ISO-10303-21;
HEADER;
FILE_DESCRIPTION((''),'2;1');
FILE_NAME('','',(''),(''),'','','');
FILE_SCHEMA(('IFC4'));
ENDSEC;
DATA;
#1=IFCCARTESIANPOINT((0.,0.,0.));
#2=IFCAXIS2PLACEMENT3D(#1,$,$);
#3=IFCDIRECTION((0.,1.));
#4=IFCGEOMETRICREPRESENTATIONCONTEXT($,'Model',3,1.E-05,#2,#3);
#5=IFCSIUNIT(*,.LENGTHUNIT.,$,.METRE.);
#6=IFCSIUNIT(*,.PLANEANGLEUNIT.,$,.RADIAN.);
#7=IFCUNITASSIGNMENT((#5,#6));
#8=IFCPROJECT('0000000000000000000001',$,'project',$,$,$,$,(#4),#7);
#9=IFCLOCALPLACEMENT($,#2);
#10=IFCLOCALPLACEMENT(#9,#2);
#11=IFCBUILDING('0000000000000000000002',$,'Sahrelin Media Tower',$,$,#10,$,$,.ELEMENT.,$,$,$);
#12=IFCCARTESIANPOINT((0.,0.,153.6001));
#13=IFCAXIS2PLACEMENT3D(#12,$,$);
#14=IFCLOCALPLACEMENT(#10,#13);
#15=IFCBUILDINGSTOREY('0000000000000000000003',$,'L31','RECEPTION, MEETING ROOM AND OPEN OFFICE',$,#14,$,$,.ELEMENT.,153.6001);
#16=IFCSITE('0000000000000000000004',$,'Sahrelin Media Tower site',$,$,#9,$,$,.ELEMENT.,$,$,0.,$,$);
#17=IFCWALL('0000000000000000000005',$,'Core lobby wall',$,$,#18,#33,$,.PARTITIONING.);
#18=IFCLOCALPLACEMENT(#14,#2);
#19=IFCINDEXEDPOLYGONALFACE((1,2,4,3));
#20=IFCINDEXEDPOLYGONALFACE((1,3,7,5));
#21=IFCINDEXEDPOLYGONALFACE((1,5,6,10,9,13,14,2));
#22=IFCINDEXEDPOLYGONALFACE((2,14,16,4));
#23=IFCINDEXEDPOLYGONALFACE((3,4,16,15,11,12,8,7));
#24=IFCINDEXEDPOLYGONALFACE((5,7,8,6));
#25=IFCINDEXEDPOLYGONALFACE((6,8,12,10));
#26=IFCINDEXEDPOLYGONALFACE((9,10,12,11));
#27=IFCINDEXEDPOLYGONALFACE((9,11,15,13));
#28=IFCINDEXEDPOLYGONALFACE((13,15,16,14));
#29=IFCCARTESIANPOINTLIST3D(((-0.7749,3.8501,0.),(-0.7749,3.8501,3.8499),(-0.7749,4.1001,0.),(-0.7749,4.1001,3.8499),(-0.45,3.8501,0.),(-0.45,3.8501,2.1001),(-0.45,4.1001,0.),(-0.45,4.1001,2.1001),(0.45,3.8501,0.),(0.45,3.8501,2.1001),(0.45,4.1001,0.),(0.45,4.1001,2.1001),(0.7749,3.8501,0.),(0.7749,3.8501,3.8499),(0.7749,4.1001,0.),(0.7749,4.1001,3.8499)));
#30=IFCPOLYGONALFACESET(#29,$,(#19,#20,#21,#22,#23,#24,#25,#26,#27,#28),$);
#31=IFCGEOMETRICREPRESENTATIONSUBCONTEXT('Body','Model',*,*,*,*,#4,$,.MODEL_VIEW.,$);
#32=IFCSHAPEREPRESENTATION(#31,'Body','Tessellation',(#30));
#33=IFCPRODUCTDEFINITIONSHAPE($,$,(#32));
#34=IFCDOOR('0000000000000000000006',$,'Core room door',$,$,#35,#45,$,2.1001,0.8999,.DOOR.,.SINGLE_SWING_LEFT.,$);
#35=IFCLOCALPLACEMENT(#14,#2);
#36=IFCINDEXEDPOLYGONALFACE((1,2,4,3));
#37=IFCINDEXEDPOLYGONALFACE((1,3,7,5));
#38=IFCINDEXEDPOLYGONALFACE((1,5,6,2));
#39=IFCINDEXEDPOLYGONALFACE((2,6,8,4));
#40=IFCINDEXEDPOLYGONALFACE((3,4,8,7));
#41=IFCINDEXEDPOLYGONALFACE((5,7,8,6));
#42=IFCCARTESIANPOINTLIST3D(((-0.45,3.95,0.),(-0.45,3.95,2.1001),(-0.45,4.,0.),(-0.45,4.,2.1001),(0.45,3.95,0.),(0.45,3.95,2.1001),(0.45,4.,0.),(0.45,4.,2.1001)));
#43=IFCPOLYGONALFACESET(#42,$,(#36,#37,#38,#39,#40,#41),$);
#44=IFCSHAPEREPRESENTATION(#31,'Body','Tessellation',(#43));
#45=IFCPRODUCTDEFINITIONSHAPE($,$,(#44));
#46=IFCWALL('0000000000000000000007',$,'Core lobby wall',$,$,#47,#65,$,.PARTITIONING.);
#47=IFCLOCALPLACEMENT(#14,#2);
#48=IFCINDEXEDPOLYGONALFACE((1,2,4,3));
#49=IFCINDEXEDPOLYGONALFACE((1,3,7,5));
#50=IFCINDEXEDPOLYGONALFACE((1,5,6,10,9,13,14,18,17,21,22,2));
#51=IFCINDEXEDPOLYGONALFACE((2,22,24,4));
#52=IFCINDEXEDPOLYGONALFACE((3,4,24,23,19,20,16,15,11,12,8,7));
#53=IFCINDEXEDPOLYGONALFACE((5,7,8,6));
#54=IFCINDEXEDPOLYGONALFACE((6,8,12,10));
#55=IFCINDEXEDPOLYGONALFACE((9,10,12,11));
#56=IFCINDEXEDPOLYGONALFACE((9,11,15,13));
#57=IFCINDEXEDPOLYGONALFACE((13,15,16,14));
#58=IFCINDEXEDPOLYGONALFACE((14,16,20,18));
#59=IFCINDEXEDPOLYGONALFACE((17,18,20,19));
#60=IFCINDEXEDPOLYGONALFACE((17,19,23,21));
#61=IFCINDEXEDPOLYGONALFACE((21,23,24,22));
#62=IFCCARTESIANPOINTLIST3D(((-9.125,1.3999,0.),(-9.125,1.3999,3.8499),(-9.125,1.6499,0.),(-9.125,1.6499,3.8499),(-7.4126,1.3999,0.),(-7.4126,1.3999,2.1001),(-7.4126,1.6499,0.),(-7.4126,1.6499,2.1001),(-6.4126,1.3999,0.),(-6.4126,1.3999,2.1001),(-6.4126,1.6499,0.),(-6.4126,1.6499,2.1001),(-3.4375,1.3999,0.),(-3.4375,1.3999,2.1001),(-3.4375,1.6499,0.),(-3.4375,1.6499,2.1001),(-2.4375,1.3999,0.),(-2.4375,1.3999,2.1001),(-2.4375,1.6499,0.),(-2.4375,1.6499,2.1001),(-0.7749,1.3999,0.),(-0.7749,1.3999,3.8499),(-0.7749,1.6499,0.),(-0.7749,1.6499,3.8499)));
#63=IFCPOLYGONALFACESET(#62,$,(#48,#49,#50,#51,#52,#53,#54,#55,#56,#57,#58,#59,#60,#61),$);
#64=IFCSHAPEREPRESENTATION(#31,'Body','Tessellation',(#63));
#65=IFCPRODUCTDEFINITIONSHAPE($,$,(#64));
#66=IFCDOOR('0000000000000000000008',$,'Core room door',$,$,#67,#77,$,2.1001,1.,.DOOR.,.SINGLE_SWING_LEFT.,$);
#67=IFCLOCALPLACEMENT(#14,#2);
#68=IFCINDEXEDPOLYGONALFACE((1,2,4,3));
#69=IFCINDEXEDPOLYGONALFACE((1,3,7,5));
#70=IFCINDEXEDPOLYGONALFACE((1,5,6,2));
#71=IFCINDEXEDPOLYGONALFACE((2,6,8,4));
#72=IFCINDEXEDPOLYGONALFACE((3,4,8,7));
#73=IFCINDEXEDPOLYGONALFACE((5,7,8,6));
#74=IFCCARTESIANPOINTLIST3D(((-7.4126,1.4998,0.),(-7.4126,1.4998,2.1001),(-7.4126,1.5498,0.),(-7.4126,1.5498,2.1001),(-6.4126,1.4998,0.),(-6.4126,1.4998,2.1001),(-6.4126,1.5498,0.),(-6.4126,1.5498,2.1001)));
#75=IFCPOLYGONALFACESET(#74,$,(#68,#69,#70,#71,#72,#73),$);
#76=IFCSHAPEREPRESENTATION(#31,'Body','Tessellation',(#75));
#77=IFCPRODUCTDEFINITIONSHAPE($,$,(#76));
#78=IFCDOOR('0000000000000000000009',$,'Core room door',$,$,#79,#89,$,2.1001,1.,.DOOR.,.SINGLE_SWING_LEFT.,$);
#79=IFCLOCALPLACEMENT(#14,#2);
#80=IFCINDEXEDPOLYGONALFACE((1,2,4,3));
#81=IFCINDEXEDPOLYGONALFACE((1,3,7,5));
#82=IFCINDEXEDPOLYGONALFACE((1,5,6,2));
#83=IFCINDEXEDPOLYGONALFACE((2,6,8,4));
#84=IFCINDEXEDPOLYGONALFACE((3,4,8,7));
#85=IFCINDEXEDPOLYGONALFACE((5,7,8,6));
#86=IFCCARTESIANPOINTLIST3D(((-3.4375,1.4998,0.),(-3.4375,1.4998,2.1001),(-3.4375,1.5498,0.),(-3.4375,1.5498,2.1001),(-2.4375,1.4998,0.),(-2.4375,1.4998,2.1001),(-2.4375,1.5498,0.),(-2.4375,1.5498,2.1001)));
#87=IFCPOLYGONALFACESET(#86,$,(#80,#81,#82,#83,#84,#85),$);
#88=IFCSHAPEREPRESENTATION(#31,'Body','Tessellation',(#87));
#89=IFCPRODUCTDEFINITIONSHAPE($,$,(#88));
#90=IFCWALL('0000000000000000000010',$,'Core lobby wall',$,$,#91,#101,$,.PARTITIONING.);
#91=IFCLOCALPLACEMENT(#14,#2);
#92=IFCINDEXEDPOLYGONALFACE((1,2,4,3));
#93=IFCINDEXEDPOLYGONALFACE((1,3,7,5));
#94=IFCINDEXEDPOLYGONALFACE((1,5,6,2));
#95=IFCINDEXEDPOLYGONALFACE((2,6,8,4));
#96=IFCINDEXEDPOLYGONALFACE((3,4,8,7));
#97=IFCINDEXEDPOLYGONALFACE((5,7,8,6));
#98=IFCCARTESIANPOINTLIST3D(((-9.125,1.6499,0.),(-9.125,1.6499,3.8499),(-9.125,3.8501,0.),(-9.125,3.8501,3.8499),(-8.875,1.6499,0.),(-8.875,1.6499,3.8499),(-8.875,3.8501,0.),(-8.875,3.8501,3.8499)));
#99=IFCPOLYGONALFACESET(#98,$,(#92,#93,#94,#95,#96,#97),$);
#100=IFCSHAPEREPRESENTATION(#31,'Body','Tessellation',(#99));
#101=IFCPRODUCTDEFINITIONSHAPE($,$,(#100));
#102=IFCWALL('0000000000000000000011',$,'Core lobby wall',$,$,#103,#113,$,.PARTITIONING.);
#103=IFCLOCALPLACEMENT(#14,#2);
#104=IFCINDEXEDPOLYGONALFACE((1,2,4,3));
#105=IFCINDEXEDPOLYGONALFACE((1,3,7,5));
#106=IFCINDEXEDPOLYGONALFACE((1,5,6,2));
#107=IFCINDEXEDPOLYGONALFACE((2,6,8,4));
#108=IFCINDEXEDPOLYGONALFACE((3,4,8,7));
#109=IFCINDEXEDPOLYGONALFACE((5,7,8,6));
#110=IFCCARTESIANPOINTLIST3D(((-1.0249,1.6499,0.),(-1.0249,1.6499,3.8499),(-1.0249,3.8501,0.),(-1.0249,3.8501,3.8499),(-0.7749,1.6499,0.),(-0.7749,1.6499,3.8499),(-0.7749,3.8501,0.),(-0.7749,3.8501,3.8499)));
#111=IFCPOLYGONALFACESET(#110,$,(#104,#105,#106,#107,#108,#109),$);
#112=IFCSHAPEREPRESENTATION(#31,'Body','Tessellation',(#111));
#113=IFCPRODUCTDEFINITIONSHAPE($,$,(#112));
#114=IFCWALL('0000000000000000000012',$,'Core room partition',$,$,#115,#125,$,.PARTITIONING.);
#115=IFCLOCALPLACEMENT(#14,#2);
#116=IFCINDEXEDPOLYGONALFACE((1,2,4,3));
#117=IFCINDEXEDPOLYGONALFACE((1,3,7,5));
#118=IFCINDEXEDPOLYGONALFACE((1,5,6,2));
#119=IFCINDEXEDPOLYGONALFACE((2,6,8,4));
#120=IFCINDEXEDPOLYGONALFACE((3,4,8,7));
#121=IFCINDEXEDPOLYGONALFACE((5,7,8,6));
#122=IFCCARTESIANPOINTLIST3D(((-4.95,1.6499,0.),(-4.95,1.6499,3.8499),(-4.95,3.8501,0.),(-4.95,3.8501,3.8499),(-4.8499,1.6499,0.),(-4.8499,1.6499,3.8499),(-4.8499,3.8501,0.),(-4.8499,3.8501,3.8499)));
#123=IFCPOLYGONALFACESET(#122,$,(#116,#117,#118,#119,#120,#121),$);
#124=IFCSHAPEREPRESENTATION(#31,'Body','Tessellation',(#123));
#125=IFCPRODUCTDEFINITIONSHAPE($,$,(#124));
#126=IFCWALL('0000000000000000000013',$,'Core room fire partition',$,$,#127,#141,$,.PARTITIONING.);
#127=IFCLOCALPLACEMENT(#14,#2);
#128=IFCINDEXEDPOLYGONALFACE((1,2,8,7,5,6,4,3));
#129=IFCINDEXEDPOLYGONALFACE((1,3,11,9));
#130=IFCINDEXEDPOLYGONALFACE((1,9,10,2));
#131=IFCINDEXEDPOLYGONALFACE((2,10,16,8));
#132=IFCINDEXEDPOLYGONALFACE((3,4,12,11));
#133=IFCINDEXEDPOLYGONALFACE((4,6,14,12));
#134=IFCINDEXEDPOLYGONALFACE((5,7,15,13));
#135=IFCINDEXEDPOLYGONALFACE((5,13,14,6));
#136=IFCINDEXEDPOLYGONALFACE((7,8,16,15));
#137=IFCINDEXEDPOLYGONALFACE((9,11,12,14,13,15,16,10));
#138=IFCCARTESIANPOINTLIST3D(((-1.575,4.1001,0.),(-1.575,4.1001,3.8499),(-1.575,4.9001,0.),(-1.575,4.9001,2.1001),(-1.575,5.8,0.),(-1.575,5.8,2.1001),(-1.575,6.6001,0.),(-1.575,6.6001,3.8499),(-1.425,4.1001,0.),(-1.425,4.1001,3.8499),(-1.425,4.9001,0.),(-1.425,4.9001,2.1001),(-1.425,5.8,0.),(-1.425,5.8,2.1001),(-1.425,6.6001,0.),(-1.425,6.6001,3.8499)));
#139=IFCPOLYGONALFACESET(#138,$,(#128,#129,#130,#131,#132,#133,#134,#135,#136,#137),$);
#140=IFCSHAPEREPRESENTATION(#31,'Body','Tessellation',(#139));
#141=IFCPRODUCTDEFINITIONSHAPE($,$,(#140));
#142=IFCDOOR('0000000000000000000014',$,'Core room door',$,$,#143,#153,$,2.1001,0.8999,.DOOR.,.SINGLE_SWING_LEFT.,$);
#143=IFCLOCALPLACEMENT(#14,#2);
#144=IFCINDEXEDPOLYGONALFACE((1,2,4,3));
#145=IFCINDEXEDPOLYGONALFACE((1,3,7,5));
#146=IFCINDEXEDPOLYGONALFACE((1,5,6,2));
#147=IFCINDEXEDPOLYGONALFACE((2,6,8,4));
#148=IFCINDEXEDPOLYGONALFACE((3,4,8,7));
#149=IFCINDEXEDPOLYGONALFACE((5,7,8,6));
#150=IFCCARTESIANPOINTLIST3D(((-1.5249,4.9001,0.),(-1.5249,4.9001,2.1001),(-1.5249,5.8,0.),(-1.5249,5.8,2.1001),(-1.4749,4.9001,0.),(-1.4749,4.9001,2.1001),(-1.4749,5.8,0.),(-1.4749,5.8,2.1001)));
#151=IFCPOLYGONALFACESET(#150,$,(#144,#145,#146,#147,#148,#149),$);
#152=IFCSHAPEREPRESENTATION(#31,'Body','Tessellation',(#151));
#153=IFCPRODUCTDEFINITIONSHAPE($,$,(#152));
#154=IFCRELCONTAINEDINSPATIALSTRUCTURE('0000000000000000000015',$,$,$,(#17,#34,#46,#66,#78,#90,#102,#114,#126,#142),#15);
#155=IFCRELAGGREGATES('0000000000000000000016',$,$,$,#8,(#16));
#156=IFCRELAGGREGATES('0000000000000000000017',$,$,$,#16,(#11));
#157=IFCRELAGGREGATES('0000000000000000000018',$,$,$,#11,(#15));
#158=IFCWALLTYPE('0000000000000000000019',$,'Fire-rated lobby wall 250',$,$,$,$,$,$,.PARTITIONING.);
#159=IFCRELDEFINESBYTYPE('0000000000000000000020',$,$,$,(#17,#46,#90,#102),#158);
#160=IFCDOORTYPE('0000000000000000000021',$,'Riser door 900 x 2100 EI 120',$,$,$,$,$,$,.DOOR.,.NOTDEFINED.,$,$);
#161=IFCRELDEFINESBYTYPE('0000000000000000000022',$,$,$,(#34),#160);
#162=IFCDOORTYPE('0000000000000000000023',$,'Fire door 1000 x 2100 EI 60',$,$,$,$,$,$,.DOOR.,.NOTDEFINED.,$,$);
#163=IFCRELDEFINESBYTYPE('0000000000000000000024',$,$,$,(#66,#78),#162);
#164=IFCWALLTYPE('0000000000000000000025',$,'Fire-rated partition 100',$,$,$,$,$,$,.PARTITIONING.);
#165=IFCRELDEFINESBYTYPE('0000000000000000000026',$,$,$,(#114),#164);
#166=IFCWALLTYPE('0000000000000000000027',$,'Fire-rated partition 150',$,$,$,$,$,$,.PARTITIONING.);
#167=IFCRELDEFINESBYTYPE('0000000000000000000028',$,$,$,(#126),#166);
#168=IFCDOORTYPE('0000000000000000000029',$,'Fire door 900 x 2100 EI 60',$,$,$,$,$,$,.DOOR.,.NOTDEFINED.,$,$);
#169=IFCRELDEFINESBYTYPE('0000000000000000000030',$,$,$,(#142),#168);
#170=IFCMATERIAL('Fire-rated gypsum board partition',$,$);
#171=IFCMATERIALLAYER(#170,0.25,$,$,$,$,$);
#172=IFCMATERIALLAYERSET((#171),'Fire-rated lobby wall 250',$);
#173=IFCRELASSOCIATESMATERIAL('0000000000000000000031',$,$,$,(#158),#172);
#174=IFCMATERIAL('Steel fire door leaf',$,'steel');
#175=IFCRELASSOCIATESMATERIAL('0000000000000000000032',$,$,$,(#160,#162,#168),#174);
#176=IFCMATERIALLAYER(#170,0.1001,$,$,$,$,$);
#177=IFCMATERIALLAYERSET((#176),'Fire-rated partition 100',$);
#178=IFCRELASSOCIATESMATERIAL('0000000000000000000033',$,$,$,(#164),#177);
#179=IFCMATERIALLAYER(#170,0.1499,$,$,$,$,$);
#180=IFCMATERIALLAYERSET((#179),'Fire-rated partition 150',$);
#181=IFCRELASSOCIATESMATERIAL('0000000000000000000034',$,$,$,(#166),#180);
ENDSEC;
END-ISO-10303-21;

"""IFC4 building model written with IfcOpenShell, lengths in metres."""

from ifc_helpers import new_model, si_unit, direction, frame, frame_2d, origin, place, context, subcontext, project, spatial, rectangle, extrude, material, layer, layer_set, type_object, element, fill, save


model = new_model("IFC4")

# Units and contexts
model_context = context("Model", 3, precision=1e-05, world=origin(), true_north=direction((0.0, 1.0)))
body_context = subcontext(model_context, "Body", "Model", "MODEL_VIEW")
ifc_project = project(units=[si_unit("LENGTHUNIT", "METRE"), si_unit("PLANEANGLEUNIT", "RADIAN")], contexts=[model_context])

# Site, building, storey
site_placement = place(None, origin())
site = spatial("IfcSite", under=ifc_project, at=site_placement, Name="Sahrelin Media Tower site", CompositionType="ELEMENT", RefElevation=0.0)
building_placement = place(site_placement, origin())
building = spatial("IfcBuilding", under=site, at=building_placement, Name="Sahrelin Media Tower", CompositionType="ELEMENT")
storey_placement = place(building_placement, frame((0.0, 0.0, 153.6001)))
storey = spatial("IfcBuildingStorey", under=building, at=storey_placement, Name="L31", Description="RECEPTION, MEETING ROOM AND OPEN OFFICE", CompositionType="ELEMENT", Elevation=153.6001)

# Wall, opening, door
ifc_material_1 = material(Name="Fire-rated gypsum board partition")
ifc_layer_1 = layer(ifc_material_1, 0.25)
ifc_layer_set_1 = layer_set([ifc_layer_1], Name="Fire-rated lobby wall 250")
wall_type_1 = type_object("IfcWallType", Name="Fire-rated lobby wall 250", PredefinedType="PARTITIONING", material=ifc_layer_set_1)
wall_1_placement = place(storey_placement, frame((-0.7749, 3.9751, 0.0), z_axis=(0.0, 0.0, 1.0), x_axis=(1.0, 0.0, 0.0)))
wall_1 = element("IfcWall", 1, at=wall_1_placement, inside=storey, type_object=wall_type_1, Name="Core lobby wall", PredefinedType="PARTITIONING", context=body_context, shape_type="SweptSolid", body=[
    extrude(rectangle(XDim=1.5498, YDim=0.25, at=frame_2d((0.7749, 0.0))), origin(), (0.0, 0.0, 1.0), 3.8499),
])
opening_1_placement = place(wall_1_placement, frame((0.325, 0.0, 0.0)))
opening_1 = element("IfcOpeningElement", 2, at=opening_1_placement, cuts=wall_1, PredefinedType="OPENING", context=body_context, shape_type="SweptSolid", body=[
    extrude(rectangle(XDim=0.8999, YDim=2.1001, at=frame_2d((0.45, 1.05))), frame((0.0, 0.125, 0.0), z_axis=(0.0, -1.0, 0.0), x_axis=(1.0, 0.0, 0.0)), (0.0, 0.0, 1.0), 0.25),
])
ifc_material_2 = material(Name="Steel fire door leaf", Category="steel")
door_type_1 = type_object("IfcDoorType", Name="Riser door 900 x 2100 EI 120", OperationType="NOTDEFINED", PredefinedType="DOOR", material=ifc_material_2)
door_1_placement = place(opening_1_placement, origin())
door_1 = element("IfcDoor", 3, at=door_1_placement, inside=storey, type_object=door_type_1, Name="Core room door", OperationType="SINGLE_SWING_LEFT", OverallHeight=2.1001, OverallWidth=0.8999, PredefinedType="DOOR", context=body_context, shape_type="SweptSolid", body=[
    extrude(rectangle(XDim=0.8999, YDim=2.1001, at=frame_2d((0.45, 1.05))), frame((0.0, 0.0249, 0.0), z_axis=(0.0, -1.0, 0.0), x_axis=(1.0, 0.0, 0.0)), (0.0, 0.0, 1.0), 0.05),
])
fill(opening_1, door_1)

# Wall, openings, doors
wall_2_placement = place(storey_placement, frame((-9.125, 1.5249, 0.0), z_axis=(0.0, 0.0, 1.0), x_axis=(1.0, 0.0, 0.0)))
wall_2 = element("IfcWall", 4, at=wall_2_placement, inside=storey, type_object=wall_type_1, Name="Core lobby wall", PredefinedType="PARTITIONING", context=body_context, shape_type="SweptSolid", body=[
    extrude(rectangle(XDim=8.3501, YDim=0.25, at=frame_2d((4.175, 0.0))), origin(), (0.0, 0.0, 1.0), 3.8499),
])
opening_2_placement = place(wall_2_placement, frame((1.7124, 0.0, 0.0)))
opening_2 = element("IfcOpeningElement", 5, at=opening_2_placement, cuts=wall_2, PredefinedType="OPENING", context=body_context, shape_type="SweptSolid", body=[
    extrude(rectangle(XDim=1.0, YDim=2.1001, at=frame_2d((0.5, 1.05))), frame((0.0, 0.125, 0.0), z_axis=(0.0, -1.0, 0.0), x_axis=(1.0, 0.0, 0.0)), (0.0, 0.0, 1.0), 0.25),
])
opening_3_placement = place(wall_2_placement, frame((5.6875, 0.0, 0.0)))
opening_3 = element("IfcOpeningElement", 6, at=opening_3_placement, cuts=wall_2, PredefinedType="OPENING", context=body_context, shape_type="SweptSolid", body=[
    extrude(rectangle(XDim=1.0, YDim=2.1001, at=frame_2d((0.5, 1.05))), frame((0.0, 0.125, 0.0), z_axis=(0.0, -1.0, 0.0), x_axis=(1.0, 0.0, 0.0)), (0.0, 0.0, 1.0), 0.25),
])
door_type_2 = type_object("IfcDoorType", Name="Fire door 1000 x 2100 EI 60", OperationType="NOTDEFINED", PredefinedType="DOOR", material=ifc_material_2)
door_2_placement = place(opening_2_placement, origin())
door_2 = element("IfcDoor", 7, at=door_2_placement, inside=storey, type_object=door_type_2, Name="Core room door", OperationType="SINGLE_SWING_LEFT", OverallHeight=2.1001, OverallWidth=1.0, PredefinedType="DOOR", context=body_context, shape_type="SweptSolid", body=[
    extrude(rectangle(XDim=1.0, YDim=2.1001, at=frame_2d((0.5, 1.05))), frame((0.0, 0.0249, 0.0), z_axis=(0.0, -1.0, 0.0), x_axis=(1.0, 0.0, 0.0)), (0.0, 0.0, 1.0), 0.05),
])
fill(opening_2, door_2)
door_3_placement = place(opening_3_placement, origin())
door_3 = element("IfcDoor", 8, at=door_3_placement, inside=storey, type_object=door_type_2, Name="Core room door", OperationType="SINGLE_SWING_LEFT", OverallHeight=2.1001, OverallWidth=1.0, PredefinedType="DOOR", context=body_context, shape_type="SweptSolid", body=[
    extrude(rectangle(XDim=1.0, YDim=2.1001, at=frame_2d((0.5, 1.05))), frame((0.0, 0.0249, 0.0), z_axis=(0.0, -1.0, 0.0), x_axis=(1.0, 0.0, 0.0)), (0.0, 0.0, 1.0), 0.05),
])
fill(opening_3, door_3)

# Walls
for number, where, z_axis, x_axis, name in (
    (9, (-9.0, 1.6499, 0.0), (0.0, 0.0, 1.0), (0.0, 1.0, 0.0), "Core lobby wall"),
    (10, (-0.8999, 1.6499, 0.0), (0.0, 0.0, 1.0), (0.0, 1.0, 0.0), "Core lobby wall"),
):
    element("IfcWall", number, at=place(storey_placement, frame(where, z_axis=z_axis, x_axis=x_axis)), inside=storey, type_object=wall_type_1, Name=name, PredefinedType="PARTITIONING", context=body_context, shape_type="SweptSolid", body=[
        extrude(rectangle(XDim=2.2002, YDim=0.25, at=frame_2d((1.1001, 0.0))), origin(), (0.0, 0.0, 1.0), 3.8499),
    ])
ifc_layer_2 = layer(ifc_material_1, 0.1001)
ifc_layer_set_2 = layer_set([ifc_layer_2], Name="Fire-rated partition 100")
wall_type_2 = type_object("IfcWallType", Name="Fire-rated partition 100", PredefinedType="PARTITIONING", material=ifc_layer_set_2)
wall_3_placement = place(storey_placement, frame((-4.8999, 1.6499, 0.0), z_axis=(0.0, 0.0, 1.0), x_axis=(0.0, 1.0, 0.0)))
element("IfcWall", 11, at=wall_3_placement, inside=storey, type_object=wall_type_2, Name="Core room partition", PredefinedType="PARTITIONING", context=body_context, shape_type="SweptSolid", body=[
    extrude(rectangle(XDim=2.2002, YDim=0.1001, at=frame_2d((1.1001, 0.0))), origin(), (0.0, 0.0, 1.0), 3.8499),
])

# Wall, opening, door
ifc_layer_3 = layer(ifc_material_1, 0.1499)
ifc_layer_set_3 = layer_set([ifc_layer_3], Name="Fire-rated partition 150")
wall_type_3 = type_object("IfcWallType", Name="Fire-rated partition 150", PredefinedType="PARTITIONING", material=ifc_layer_set_3)
wall_4_placement = place(storey_placement, frame((-1.5, 4.1001, 0.0), z_axis=(0.0, 0.0, 1.0), x_axis=(0.0, 1.0, 0.0)))
wall_4 = element("IfcWall", 12, at=wall_4_placement, inside=storey, type_object=wall_type_3, Name="Core room fire partition", PredefinedType="PARTITIONING", context=body_context, shape_type="SweptSolid", body=[
    extrude(rectangle(XDim=2.5, YDim=0.1499, at=frame_2d((1.25, 0.0))), origin(), (0.0, 0.0, 1.0), 3.8499),
])
opening_4_placement = place(wall_4_placement, frame((0.8, 0.0, 0.0)))
opening_4 = element("IfcOpeningElement", 13, at=opening_4_placement, cuts=wall_4, PredefinedType="OPENING", context=body_context, shape_type="SweptSolid", body=[
    extrude(rectangle(XDim=0.8999, YDim=2.1001, at=frame_2d((0.45, 1.05))), frame((0.0, 0.075, 0.0), z_axis=(0.0, -1.0, 0.0), x_axis=(1.0, 0.0, 0.0)), (0.0, 0.0, 1.0), 0.1499),
])
door_type_3 = type_object("IfcDoorType", Name="Fire door 900 x 2100 EI 60", OperationType="NOTDEFINED", PredefinedType="DOOR", material=ifc_material_2)
door_4_placement = place(opening_4_placement, origin())
door_4 = element("IfcDoor", 14, at=door_4_placement, inside=storey, type_object=door_type_3, Name="Core room door", OperationType="SINGLE_SWING_LEFT", OverallHeight=2.1001, OverallWidth=0.8999, PredefinedType="DOOR", context=body_context, shape_type="SweptSolid", body=[
    extrude(rectangle(XDim=0.8999, YDim=2.1001, at=frame_2d((0.45, 1.05))), frame((0.0, 0.0249, 0.0), z_axis=(0.0, -1.0, 0.0), x_axis=(1.0, 0.0, 0.0)), (0.0, 0.0, 1.0), 0.05),
])
fill(opening_4, door_4)

save(model, "model.ifc")
